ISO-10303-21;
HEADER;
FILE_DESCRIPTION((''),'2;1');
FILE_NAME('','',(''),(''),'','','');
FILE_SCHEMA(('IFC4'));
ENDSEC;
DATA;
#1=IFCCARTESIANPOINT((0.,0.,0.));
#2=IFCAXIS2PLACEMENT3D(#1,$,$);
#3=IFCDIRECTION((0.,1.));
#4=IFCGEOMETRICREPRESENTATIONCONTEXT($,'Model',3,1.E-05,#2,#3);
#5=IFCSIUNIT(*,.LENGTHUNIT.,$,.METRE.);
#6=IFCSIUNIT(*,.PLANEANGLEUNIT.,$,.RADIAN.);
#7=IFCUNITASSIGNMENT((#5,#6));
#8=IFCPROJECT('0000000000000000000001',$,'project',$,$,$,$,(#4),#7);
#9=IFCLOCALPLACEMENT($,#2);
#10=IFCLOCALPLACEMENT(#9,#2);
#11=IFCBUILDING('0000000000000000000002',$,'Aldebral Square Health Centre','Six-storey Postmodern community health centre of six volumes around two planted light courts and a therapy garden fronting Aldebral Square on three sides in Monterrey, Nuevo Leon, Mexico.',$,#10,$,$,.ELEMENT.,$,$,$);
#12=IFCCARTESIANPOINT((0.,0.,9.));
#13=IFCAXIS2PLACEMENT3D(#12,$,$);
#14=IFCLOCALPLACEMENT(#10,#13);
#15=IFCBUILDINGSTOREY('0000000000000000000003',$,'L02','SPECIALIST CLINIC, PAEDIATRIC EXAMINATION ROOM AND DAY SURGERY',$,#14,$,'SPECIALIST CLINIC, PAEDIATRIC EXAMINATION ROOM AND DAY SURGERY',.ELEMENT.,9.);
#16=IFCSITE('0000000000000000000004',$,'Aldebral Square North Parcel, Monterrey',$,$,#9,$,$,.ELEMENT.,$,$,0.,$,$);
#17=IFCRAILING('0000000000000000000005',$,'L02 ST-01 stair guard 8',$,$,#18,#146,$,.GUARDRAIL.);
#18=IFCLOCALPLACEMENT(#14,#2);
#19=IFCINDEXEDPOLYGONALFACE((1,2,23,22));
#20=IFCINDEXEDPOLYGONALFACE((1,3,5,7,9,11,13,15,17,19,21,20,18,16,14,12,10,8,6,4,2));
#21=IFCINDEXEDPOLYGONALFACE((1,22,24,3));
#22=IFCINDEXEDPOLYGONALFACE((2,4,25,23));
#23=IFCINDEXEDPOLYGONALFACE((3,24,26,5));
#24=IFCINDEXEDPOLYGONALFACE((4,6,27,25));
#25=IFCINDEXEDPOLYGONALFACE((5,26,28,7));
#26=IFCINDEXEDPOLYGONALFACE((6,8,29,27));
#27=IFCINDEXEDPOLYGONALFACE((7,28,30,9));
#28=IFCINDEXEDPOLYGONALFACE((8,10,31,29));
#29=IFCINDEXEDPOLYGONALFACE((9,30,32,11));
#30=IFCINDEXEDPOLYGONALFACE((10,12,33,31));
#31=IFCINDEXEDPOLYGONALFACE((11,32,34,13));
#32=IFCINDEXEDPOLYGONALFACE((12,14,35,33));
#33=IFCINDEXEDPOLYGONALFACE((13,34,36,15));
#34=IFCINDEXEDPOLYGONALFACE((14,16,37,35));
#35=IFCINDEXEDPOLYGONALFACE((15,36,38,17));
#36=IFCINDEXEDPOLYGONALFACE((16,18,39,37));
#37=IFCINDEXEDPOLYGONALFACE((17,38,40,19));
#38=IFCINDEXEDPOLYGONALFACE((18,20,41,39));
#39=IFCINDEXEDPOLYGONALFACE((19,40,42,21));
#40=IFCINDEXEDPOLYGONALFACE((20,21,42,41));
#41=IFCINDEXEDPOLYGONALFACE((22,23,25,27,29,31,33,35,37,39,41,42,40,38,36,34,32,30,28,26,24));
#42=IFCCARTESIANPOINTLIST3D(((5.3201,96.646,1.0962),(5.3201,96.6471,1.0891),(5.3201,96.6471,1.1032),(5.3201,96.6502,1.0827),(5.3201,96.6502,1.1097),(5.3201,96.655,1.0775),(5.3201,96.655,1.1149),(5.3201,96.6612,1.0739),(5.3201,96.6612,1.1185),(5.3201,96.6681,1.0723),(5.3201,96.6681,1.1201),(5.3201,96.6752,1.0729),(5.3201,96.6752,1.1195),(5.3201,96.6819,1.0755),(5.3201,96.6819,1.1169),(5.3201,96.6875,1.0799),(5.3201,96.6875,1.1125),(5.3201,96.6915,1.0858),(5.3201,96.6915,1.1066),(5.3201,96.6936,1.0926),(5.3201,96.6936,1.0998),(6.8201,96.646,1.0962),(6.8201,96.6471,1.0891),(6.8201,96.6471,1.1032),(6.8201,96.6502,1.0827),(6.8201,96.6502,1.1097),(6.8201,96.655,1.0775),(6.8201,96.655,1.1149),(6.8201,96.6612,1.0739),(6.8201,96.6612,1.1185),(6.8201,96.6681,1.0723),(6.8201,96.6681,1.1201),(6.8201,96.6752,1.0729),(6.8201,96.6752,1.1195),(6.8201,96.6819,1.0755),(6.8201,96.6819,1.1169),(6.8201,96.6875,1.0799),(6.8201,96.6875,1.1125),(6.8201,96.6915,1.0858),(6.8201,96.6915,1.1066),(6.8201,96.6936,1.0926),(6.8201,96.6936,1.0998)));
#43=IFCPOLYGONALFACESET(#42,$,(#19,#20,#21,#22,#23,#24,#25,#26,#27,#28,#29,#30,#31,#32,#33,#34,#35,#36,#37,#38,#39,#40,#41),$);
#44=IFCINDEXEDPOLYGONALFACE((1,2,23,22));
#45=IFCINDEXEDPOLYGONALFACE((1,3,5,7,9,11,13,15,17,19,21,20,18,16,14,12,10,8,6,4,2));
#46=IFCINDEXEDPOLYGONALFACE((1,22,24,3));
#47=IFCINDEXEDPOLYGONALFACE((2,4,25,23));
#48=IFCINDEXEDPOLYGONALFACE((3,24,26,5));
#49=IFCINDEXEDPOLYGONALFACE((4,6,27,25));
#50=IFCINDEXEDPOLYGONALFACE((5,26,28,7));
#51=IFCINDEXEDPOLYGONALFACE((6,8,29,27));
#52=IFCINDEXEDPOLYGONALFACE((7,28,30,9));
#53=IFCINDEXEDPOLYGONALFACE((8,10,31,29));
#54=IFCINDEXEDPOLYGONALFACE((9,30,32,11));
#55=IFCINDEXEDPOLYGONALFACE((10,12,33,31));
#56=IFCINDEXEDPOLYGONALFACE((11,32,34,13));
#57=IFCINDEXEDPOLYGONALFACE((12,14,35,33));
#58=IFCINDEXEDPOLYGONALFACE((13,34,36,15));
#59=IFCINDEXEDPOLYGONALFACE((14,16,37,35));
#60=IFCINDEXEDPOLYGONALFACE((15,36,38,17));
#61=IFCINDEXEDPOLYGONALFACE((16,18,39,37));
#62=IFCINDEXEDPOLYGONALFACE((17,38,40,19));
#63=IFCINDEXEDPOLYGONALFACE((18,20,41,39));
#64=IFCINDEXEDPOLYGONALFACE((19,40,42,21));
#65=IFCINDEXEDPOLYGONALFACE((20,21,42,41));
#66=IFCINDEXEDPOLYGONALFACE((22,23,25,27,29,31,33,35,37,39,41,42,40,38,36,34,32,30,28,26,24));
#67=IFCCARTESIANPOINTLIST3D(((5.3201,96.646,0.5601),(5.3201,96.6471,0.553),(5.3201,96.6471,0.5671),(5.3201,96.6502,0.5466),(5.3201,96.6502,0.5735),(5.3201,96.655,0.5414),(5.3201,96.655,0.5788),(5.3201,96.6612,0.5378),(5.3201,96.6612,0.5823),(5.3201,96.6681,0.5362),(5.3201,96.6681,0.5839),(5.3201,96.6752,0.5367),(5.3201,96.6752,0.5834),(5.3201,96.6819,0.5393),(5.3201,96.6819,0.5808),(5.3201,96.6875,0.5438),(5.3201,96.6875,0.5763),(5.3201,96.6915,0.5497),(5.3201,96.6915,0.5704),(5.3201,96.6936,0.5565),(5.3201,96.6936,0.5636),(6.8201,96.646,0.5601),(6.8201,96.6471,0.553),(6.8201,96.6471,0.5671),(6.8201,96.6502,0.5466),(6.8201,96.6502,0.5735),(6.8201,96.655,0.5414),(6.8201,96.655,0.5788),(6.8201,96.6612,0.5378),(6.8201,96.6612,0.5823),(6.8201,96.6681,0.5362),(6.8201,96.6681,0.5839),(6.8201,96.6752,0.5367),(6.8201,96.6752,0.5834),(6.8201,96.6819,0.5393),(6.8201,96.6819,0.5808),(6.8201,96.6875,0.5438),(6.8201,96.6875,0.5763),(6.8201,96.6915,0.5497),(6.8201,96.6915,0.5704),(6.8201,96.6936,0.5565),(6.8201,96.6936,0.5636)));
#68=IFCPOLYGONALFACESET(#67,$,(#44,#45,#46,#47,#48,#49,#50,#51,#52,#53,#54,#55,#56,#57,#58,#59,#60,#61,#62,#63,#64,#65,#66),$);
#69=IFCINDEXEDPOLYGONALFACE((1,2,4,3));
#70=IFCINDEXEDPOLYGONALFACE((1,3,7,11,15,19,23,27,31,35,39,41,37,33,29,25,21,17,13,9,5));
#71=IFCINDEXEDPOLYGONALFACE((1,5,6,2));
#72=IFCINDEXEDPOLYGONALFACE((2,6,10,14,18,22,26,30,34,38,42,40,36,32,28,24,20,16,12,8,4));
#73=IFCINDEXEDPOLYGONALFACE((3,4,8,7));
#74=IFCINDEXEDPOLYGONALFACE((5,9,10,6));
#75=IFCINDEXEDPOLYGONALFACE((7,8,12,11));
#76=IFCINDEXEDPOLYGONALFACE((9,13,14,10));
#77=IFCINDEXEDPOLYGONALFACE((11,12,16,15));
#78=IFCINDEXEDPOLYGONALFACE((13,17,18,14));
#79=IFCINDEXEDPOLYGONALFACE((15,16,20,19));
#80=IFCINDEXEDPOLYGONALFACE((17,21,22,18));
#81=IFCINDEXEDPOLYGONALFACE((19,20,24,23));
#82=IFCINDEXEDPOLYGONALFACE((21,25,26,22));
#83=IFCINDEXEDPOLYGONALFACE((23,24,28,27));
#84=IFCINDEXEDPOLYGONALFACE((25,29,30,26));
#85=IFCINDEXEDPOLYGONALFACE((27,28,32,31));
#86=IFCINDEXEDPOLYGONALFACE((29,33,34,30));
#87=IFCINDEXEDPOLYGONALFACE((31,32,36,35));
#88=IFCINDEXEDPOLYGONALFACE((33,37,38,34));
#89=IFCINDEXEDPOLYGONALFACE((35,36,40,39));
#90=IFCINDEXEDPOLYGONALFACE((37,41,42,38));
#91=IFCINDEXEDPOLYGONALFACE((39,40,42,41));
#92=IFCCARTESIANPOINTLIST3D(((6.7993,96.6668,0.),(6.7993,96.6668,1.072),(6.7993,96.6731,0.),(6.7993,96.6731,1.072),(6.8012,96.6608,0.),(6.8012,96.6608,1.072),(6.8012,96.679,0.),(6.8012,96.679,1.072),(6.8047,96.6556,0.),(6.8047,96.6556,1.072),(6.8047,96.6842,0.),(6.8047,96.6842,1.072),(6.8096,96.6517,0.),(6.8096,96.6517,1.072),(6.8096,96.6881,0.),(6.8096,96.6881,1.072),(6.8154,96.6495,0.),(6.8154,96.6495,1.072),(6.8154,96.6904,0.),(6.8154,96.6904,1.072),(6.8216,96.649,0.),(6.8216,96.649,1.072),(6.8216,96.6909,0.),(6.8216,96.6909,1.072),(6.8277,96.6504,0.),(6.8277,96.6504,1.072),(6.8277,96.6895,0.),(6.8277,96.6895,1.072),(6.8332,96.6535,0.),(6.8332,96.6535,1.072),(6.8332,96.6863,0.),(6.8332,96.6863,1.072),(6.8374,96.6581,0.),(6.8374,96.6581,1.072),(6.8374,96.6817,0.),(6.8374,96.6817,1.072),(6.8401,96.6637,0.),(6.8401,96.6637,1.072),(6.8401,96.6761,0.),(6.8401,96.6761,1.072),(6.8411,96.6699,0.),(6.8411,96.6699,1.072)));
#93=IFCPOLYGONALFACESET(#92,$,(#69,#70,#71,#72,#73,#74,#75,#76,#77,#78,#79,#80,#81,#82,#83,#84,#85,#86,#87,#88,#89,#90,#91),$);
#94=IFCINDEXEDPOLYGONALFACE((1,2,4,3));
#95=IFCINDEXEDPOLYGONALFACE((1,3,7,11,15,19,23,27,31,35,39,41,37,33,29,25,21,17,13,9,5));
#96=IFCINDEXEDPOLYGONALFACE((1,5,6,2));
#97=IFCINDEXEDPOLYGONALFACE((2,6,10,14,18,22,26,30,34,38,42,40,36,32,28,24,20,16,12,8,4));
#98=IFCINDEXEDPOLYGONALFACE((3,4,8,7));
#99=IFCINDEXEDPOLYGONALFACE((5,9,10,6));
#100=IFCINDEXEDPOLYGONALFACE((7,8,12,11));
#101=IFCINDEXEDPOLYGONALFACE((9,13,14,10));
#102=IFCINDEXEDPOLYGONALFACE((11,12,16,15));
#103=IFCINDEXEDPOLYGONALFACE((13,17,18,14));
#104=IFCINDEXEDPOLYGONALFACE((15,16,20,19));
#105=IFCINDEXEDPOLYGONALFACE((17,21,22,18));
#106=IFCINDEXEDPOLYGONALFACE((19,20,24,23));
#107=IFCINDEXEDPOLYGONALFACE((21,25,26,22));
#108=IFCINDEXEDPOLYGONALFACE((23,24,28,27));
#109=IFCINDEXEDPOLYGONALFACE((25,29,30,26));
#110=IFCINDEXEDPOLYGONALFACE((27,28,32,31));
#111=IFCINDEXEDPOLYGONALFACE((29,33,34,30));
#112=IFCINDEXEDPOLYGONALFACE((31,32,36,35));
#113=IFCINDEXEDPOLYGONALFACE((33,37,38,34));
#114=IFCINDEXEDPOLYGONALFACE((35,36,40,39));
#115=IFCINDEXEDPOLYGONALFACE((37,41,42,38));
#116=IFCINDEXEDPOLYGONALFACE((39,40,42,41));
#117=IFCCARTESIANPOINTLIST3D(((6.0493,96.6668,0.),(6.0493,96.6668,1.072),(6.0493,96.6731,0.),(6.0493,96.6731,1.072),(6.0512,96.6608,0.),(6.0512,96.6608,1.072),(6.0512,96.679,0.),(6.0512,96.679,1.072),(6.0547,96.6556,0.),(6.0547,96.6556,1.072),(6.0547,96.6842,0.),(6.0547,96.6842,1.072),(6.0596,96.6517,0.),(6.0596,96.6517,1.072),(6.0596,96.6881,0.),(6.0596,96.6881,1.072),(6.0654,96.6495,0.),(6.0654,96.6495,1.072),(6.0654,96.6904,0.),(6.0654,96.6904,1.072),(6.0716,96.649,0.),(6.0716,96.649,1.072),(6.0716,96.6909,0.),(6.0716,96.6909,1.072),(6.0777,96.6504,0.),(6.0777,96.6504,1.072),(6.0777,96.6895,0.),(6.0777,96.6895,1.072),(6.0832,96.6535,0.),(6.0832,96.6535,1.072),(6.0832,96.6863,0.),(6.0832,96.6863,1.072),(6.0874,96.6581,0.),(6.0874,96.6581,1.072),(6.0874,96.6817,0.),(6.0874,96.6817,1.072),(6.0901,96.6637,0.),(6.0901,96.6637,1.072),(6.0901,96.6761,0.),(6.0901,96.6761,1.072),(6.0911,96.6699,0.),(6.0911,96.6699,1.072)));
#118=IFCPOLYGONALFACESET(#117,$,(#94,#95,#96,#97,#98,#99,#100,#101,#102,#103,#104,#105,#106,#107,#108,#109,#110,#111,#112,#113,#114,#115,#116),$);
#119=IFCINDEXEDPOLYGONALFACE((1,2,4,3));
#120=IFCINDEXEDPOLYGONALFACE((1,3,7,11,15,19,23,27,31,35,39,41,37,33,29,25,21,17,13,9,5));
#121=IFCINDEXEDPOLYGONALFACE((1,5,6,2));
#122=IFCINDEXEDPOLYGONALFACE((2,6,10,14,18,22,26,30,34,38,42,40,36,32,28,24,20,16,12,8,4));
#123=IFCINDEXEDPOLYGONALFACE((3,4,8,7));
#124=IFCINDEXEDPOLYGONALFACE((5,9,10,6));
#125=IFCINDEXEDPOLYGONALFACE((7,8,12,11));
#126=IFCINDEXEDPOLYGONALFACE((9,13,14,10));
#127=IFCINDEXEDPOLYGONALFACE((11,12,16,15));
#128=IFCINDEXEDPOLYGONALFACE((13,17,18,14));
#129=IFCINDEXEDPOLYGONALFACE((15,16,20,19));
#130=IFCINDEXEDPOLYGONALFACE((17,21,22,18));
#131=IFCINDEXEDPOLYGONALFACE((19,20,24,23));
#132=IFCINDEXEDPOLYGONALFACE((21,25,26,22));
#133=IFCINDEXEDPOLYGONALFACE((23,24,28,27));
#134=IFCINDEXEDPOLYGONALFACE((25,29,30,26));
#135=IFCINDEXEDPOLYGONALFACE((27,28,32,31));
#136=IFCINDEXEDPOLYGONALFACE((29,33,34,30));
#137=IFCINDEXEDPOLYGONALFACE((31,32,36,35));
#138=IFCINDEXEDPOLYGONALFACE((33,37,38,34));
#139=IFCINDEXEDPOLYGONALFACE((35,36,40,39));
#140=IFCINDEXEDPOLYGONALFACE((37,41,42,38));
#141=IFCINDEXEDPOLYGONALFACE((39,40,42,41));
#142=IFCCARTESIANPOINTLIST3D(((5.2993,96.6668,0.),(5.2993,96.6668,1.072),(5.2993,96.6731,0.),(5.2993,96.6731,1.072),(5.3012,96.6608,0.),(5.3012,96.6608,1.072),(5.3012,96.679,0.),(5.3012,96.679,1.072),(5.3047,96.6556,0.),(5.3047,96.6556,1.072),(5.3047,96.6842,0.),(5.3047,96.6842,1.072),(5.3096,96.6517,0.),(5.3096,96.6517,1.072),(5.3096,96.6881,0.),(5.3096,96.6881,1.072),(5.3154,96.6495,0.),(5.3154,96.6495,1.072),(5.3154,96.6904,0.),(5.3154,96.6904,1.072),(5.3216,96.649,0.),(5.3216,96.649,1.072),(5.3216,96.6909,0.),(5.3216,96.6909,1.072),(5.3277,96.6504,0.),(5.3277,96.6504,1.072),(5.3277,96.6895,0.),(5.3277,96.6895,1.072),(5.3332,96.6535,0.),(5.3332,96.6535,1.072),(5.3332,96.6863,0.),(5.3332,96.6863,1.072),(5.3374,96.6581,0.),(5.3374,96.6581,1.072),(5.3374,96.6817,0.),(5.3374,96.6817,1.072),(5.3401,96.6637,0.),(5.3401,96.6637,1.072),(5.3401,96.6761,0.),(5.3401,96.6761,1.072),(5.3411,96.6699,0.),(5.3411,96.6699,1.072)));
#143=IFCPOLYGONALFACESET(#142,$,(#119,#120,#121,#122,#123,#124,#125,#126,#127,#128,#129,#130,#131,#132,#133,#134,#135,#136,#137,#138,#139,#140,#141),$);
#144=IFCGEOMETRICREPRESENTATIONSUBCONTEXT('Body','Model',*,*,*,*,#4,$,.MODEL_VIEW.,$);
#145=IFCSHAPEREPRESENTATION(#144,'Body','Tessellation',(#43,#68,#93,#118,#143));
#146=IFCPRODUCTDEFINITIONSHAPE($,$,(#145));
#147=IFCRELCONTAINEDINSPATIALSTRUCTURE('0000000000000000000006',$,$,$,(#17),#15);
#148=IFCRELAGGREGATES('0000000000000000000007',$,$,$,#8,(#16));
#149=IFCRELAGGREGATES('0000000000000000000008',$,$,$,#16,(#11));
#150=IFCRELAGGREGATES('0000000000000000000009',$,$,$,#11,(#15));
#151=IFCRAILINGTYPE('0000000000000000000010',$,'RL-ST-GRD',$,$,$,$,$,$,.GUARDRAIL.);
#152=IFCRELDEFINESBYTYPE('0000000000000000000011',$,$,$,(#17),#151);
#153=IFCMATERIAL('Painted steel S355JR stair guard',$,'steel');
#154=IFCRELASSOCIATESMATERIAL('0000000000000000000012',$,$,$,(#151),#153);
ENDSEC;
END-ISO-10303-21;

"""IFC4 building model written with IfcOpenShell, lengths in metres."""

from ifc_helpers import new_model, si_unit, direction, frame, origin, origin_2d, place, context, subcontext, project, spatial, circle, extrude, material, type_object, element, save


model = new_model("IFC4")

# Units and contexts
model_context = context("Model", 3, precision=1e-05, world=origin(), true_north=direction((0.0, 1.0)))
body_context = subcontext(model_context, "Body", "Model", "MODEL_VIEW")
ifc_project = project(units=[si_unit("LENGTHUNIT", "METRE"), si_unit("PLANEANGLEUNIT", "RADIAN")], contexts=[model_context])

# Site, building, storey
site_placement = place(None, origin())
site = spatial("IfcSite", under=ifc_project, at=site_placement, Name="Aldebral Square North Parcel, Monterrey", CompositionType="ELEMENT", RefElevation=0.0)
building_placement = place(site_placement, origin())
building = spatial("IfcBuilding", under=site, at=building_placement, Name="Aldebral Square Health Centre", Description="Six-storey Postmodern community health centre of six volumes around two planted light courts and a therapy garden fronting Aldebral Square on three sides in Monterrey, Nuevo Leon, Mexico.", CompositionType="ELEMENT")
storey_placement = place(building_placement, frame((0.0, 0.0, 9.0)))
storey = spatial("IfcBuildingStorey", under=building, at=storey_placement, Name="L02", Description="SPECIALIST CLINIC, PAEDIATRIC EXAMINATION ROOM AND DAY SURGERY", LongName="SPECIALIST CLINIC, PAEDIATRIC EXAMINATION ROOM AND DAY SURGERY", CompositionType="ELEMENT", Elevation=9.0)

# Railing
ifc_material_1 = material(Name="Painted steel S355JR stair guard", Category="steel")
railing_type_1 = type_object("IfcRailingType", Name="RL-ST-GRD", PredefinedType="GUARDRAIL", material=ifc_material_1)
railing_1_placement = place(storey_placement, frame((6.8201, 96.6699, 0.0)))
element("IfcRailing", 1, at=railing_1_placement, inside=storey, type_object=railing_type_1, Name="L02 ST-01 stair guard 8", PredefinedType="GUARDRAIL", context=body_context, shape_type="SweptSolid", body=[
    extrude(circle(Radius=0.0239, at=origin_2d()), frame((0.0, 0.0, 1.0962), z_axis=(-1.0, 0.0, 0.0), x_axis=(0.0, -1.0, 0.0)), (0.0, 0.0, 1.0), 1.5),
    extrude(circle(Radius=0.0239, at=origin_2d()), frame((0.0, 0.0, 0.5601), z_axis=(-1.0, 0.0, 0.0), x_axis=(0.0, -1.0, 0.0)), (0.0, 0.0, 1.0), 1.5),
    extrude(circle(Radius=0.021, at=origin_2d()), origin(), (0.0, 0.0, 1.0), 1.072),
    extrude(circle(Radius=0.021, at=origin_2d()), frame((-0.75, 0.0, 0.0)), (0.0, 0.0, 1.0), 1.072),
    extrude(circle(Radius=0.021, at=origin_2d()), frame((-1.5, 0.0, 0.0)), (0.0, 0.0, 1.0), 1.072),
])

save(model, "model.ifc")
